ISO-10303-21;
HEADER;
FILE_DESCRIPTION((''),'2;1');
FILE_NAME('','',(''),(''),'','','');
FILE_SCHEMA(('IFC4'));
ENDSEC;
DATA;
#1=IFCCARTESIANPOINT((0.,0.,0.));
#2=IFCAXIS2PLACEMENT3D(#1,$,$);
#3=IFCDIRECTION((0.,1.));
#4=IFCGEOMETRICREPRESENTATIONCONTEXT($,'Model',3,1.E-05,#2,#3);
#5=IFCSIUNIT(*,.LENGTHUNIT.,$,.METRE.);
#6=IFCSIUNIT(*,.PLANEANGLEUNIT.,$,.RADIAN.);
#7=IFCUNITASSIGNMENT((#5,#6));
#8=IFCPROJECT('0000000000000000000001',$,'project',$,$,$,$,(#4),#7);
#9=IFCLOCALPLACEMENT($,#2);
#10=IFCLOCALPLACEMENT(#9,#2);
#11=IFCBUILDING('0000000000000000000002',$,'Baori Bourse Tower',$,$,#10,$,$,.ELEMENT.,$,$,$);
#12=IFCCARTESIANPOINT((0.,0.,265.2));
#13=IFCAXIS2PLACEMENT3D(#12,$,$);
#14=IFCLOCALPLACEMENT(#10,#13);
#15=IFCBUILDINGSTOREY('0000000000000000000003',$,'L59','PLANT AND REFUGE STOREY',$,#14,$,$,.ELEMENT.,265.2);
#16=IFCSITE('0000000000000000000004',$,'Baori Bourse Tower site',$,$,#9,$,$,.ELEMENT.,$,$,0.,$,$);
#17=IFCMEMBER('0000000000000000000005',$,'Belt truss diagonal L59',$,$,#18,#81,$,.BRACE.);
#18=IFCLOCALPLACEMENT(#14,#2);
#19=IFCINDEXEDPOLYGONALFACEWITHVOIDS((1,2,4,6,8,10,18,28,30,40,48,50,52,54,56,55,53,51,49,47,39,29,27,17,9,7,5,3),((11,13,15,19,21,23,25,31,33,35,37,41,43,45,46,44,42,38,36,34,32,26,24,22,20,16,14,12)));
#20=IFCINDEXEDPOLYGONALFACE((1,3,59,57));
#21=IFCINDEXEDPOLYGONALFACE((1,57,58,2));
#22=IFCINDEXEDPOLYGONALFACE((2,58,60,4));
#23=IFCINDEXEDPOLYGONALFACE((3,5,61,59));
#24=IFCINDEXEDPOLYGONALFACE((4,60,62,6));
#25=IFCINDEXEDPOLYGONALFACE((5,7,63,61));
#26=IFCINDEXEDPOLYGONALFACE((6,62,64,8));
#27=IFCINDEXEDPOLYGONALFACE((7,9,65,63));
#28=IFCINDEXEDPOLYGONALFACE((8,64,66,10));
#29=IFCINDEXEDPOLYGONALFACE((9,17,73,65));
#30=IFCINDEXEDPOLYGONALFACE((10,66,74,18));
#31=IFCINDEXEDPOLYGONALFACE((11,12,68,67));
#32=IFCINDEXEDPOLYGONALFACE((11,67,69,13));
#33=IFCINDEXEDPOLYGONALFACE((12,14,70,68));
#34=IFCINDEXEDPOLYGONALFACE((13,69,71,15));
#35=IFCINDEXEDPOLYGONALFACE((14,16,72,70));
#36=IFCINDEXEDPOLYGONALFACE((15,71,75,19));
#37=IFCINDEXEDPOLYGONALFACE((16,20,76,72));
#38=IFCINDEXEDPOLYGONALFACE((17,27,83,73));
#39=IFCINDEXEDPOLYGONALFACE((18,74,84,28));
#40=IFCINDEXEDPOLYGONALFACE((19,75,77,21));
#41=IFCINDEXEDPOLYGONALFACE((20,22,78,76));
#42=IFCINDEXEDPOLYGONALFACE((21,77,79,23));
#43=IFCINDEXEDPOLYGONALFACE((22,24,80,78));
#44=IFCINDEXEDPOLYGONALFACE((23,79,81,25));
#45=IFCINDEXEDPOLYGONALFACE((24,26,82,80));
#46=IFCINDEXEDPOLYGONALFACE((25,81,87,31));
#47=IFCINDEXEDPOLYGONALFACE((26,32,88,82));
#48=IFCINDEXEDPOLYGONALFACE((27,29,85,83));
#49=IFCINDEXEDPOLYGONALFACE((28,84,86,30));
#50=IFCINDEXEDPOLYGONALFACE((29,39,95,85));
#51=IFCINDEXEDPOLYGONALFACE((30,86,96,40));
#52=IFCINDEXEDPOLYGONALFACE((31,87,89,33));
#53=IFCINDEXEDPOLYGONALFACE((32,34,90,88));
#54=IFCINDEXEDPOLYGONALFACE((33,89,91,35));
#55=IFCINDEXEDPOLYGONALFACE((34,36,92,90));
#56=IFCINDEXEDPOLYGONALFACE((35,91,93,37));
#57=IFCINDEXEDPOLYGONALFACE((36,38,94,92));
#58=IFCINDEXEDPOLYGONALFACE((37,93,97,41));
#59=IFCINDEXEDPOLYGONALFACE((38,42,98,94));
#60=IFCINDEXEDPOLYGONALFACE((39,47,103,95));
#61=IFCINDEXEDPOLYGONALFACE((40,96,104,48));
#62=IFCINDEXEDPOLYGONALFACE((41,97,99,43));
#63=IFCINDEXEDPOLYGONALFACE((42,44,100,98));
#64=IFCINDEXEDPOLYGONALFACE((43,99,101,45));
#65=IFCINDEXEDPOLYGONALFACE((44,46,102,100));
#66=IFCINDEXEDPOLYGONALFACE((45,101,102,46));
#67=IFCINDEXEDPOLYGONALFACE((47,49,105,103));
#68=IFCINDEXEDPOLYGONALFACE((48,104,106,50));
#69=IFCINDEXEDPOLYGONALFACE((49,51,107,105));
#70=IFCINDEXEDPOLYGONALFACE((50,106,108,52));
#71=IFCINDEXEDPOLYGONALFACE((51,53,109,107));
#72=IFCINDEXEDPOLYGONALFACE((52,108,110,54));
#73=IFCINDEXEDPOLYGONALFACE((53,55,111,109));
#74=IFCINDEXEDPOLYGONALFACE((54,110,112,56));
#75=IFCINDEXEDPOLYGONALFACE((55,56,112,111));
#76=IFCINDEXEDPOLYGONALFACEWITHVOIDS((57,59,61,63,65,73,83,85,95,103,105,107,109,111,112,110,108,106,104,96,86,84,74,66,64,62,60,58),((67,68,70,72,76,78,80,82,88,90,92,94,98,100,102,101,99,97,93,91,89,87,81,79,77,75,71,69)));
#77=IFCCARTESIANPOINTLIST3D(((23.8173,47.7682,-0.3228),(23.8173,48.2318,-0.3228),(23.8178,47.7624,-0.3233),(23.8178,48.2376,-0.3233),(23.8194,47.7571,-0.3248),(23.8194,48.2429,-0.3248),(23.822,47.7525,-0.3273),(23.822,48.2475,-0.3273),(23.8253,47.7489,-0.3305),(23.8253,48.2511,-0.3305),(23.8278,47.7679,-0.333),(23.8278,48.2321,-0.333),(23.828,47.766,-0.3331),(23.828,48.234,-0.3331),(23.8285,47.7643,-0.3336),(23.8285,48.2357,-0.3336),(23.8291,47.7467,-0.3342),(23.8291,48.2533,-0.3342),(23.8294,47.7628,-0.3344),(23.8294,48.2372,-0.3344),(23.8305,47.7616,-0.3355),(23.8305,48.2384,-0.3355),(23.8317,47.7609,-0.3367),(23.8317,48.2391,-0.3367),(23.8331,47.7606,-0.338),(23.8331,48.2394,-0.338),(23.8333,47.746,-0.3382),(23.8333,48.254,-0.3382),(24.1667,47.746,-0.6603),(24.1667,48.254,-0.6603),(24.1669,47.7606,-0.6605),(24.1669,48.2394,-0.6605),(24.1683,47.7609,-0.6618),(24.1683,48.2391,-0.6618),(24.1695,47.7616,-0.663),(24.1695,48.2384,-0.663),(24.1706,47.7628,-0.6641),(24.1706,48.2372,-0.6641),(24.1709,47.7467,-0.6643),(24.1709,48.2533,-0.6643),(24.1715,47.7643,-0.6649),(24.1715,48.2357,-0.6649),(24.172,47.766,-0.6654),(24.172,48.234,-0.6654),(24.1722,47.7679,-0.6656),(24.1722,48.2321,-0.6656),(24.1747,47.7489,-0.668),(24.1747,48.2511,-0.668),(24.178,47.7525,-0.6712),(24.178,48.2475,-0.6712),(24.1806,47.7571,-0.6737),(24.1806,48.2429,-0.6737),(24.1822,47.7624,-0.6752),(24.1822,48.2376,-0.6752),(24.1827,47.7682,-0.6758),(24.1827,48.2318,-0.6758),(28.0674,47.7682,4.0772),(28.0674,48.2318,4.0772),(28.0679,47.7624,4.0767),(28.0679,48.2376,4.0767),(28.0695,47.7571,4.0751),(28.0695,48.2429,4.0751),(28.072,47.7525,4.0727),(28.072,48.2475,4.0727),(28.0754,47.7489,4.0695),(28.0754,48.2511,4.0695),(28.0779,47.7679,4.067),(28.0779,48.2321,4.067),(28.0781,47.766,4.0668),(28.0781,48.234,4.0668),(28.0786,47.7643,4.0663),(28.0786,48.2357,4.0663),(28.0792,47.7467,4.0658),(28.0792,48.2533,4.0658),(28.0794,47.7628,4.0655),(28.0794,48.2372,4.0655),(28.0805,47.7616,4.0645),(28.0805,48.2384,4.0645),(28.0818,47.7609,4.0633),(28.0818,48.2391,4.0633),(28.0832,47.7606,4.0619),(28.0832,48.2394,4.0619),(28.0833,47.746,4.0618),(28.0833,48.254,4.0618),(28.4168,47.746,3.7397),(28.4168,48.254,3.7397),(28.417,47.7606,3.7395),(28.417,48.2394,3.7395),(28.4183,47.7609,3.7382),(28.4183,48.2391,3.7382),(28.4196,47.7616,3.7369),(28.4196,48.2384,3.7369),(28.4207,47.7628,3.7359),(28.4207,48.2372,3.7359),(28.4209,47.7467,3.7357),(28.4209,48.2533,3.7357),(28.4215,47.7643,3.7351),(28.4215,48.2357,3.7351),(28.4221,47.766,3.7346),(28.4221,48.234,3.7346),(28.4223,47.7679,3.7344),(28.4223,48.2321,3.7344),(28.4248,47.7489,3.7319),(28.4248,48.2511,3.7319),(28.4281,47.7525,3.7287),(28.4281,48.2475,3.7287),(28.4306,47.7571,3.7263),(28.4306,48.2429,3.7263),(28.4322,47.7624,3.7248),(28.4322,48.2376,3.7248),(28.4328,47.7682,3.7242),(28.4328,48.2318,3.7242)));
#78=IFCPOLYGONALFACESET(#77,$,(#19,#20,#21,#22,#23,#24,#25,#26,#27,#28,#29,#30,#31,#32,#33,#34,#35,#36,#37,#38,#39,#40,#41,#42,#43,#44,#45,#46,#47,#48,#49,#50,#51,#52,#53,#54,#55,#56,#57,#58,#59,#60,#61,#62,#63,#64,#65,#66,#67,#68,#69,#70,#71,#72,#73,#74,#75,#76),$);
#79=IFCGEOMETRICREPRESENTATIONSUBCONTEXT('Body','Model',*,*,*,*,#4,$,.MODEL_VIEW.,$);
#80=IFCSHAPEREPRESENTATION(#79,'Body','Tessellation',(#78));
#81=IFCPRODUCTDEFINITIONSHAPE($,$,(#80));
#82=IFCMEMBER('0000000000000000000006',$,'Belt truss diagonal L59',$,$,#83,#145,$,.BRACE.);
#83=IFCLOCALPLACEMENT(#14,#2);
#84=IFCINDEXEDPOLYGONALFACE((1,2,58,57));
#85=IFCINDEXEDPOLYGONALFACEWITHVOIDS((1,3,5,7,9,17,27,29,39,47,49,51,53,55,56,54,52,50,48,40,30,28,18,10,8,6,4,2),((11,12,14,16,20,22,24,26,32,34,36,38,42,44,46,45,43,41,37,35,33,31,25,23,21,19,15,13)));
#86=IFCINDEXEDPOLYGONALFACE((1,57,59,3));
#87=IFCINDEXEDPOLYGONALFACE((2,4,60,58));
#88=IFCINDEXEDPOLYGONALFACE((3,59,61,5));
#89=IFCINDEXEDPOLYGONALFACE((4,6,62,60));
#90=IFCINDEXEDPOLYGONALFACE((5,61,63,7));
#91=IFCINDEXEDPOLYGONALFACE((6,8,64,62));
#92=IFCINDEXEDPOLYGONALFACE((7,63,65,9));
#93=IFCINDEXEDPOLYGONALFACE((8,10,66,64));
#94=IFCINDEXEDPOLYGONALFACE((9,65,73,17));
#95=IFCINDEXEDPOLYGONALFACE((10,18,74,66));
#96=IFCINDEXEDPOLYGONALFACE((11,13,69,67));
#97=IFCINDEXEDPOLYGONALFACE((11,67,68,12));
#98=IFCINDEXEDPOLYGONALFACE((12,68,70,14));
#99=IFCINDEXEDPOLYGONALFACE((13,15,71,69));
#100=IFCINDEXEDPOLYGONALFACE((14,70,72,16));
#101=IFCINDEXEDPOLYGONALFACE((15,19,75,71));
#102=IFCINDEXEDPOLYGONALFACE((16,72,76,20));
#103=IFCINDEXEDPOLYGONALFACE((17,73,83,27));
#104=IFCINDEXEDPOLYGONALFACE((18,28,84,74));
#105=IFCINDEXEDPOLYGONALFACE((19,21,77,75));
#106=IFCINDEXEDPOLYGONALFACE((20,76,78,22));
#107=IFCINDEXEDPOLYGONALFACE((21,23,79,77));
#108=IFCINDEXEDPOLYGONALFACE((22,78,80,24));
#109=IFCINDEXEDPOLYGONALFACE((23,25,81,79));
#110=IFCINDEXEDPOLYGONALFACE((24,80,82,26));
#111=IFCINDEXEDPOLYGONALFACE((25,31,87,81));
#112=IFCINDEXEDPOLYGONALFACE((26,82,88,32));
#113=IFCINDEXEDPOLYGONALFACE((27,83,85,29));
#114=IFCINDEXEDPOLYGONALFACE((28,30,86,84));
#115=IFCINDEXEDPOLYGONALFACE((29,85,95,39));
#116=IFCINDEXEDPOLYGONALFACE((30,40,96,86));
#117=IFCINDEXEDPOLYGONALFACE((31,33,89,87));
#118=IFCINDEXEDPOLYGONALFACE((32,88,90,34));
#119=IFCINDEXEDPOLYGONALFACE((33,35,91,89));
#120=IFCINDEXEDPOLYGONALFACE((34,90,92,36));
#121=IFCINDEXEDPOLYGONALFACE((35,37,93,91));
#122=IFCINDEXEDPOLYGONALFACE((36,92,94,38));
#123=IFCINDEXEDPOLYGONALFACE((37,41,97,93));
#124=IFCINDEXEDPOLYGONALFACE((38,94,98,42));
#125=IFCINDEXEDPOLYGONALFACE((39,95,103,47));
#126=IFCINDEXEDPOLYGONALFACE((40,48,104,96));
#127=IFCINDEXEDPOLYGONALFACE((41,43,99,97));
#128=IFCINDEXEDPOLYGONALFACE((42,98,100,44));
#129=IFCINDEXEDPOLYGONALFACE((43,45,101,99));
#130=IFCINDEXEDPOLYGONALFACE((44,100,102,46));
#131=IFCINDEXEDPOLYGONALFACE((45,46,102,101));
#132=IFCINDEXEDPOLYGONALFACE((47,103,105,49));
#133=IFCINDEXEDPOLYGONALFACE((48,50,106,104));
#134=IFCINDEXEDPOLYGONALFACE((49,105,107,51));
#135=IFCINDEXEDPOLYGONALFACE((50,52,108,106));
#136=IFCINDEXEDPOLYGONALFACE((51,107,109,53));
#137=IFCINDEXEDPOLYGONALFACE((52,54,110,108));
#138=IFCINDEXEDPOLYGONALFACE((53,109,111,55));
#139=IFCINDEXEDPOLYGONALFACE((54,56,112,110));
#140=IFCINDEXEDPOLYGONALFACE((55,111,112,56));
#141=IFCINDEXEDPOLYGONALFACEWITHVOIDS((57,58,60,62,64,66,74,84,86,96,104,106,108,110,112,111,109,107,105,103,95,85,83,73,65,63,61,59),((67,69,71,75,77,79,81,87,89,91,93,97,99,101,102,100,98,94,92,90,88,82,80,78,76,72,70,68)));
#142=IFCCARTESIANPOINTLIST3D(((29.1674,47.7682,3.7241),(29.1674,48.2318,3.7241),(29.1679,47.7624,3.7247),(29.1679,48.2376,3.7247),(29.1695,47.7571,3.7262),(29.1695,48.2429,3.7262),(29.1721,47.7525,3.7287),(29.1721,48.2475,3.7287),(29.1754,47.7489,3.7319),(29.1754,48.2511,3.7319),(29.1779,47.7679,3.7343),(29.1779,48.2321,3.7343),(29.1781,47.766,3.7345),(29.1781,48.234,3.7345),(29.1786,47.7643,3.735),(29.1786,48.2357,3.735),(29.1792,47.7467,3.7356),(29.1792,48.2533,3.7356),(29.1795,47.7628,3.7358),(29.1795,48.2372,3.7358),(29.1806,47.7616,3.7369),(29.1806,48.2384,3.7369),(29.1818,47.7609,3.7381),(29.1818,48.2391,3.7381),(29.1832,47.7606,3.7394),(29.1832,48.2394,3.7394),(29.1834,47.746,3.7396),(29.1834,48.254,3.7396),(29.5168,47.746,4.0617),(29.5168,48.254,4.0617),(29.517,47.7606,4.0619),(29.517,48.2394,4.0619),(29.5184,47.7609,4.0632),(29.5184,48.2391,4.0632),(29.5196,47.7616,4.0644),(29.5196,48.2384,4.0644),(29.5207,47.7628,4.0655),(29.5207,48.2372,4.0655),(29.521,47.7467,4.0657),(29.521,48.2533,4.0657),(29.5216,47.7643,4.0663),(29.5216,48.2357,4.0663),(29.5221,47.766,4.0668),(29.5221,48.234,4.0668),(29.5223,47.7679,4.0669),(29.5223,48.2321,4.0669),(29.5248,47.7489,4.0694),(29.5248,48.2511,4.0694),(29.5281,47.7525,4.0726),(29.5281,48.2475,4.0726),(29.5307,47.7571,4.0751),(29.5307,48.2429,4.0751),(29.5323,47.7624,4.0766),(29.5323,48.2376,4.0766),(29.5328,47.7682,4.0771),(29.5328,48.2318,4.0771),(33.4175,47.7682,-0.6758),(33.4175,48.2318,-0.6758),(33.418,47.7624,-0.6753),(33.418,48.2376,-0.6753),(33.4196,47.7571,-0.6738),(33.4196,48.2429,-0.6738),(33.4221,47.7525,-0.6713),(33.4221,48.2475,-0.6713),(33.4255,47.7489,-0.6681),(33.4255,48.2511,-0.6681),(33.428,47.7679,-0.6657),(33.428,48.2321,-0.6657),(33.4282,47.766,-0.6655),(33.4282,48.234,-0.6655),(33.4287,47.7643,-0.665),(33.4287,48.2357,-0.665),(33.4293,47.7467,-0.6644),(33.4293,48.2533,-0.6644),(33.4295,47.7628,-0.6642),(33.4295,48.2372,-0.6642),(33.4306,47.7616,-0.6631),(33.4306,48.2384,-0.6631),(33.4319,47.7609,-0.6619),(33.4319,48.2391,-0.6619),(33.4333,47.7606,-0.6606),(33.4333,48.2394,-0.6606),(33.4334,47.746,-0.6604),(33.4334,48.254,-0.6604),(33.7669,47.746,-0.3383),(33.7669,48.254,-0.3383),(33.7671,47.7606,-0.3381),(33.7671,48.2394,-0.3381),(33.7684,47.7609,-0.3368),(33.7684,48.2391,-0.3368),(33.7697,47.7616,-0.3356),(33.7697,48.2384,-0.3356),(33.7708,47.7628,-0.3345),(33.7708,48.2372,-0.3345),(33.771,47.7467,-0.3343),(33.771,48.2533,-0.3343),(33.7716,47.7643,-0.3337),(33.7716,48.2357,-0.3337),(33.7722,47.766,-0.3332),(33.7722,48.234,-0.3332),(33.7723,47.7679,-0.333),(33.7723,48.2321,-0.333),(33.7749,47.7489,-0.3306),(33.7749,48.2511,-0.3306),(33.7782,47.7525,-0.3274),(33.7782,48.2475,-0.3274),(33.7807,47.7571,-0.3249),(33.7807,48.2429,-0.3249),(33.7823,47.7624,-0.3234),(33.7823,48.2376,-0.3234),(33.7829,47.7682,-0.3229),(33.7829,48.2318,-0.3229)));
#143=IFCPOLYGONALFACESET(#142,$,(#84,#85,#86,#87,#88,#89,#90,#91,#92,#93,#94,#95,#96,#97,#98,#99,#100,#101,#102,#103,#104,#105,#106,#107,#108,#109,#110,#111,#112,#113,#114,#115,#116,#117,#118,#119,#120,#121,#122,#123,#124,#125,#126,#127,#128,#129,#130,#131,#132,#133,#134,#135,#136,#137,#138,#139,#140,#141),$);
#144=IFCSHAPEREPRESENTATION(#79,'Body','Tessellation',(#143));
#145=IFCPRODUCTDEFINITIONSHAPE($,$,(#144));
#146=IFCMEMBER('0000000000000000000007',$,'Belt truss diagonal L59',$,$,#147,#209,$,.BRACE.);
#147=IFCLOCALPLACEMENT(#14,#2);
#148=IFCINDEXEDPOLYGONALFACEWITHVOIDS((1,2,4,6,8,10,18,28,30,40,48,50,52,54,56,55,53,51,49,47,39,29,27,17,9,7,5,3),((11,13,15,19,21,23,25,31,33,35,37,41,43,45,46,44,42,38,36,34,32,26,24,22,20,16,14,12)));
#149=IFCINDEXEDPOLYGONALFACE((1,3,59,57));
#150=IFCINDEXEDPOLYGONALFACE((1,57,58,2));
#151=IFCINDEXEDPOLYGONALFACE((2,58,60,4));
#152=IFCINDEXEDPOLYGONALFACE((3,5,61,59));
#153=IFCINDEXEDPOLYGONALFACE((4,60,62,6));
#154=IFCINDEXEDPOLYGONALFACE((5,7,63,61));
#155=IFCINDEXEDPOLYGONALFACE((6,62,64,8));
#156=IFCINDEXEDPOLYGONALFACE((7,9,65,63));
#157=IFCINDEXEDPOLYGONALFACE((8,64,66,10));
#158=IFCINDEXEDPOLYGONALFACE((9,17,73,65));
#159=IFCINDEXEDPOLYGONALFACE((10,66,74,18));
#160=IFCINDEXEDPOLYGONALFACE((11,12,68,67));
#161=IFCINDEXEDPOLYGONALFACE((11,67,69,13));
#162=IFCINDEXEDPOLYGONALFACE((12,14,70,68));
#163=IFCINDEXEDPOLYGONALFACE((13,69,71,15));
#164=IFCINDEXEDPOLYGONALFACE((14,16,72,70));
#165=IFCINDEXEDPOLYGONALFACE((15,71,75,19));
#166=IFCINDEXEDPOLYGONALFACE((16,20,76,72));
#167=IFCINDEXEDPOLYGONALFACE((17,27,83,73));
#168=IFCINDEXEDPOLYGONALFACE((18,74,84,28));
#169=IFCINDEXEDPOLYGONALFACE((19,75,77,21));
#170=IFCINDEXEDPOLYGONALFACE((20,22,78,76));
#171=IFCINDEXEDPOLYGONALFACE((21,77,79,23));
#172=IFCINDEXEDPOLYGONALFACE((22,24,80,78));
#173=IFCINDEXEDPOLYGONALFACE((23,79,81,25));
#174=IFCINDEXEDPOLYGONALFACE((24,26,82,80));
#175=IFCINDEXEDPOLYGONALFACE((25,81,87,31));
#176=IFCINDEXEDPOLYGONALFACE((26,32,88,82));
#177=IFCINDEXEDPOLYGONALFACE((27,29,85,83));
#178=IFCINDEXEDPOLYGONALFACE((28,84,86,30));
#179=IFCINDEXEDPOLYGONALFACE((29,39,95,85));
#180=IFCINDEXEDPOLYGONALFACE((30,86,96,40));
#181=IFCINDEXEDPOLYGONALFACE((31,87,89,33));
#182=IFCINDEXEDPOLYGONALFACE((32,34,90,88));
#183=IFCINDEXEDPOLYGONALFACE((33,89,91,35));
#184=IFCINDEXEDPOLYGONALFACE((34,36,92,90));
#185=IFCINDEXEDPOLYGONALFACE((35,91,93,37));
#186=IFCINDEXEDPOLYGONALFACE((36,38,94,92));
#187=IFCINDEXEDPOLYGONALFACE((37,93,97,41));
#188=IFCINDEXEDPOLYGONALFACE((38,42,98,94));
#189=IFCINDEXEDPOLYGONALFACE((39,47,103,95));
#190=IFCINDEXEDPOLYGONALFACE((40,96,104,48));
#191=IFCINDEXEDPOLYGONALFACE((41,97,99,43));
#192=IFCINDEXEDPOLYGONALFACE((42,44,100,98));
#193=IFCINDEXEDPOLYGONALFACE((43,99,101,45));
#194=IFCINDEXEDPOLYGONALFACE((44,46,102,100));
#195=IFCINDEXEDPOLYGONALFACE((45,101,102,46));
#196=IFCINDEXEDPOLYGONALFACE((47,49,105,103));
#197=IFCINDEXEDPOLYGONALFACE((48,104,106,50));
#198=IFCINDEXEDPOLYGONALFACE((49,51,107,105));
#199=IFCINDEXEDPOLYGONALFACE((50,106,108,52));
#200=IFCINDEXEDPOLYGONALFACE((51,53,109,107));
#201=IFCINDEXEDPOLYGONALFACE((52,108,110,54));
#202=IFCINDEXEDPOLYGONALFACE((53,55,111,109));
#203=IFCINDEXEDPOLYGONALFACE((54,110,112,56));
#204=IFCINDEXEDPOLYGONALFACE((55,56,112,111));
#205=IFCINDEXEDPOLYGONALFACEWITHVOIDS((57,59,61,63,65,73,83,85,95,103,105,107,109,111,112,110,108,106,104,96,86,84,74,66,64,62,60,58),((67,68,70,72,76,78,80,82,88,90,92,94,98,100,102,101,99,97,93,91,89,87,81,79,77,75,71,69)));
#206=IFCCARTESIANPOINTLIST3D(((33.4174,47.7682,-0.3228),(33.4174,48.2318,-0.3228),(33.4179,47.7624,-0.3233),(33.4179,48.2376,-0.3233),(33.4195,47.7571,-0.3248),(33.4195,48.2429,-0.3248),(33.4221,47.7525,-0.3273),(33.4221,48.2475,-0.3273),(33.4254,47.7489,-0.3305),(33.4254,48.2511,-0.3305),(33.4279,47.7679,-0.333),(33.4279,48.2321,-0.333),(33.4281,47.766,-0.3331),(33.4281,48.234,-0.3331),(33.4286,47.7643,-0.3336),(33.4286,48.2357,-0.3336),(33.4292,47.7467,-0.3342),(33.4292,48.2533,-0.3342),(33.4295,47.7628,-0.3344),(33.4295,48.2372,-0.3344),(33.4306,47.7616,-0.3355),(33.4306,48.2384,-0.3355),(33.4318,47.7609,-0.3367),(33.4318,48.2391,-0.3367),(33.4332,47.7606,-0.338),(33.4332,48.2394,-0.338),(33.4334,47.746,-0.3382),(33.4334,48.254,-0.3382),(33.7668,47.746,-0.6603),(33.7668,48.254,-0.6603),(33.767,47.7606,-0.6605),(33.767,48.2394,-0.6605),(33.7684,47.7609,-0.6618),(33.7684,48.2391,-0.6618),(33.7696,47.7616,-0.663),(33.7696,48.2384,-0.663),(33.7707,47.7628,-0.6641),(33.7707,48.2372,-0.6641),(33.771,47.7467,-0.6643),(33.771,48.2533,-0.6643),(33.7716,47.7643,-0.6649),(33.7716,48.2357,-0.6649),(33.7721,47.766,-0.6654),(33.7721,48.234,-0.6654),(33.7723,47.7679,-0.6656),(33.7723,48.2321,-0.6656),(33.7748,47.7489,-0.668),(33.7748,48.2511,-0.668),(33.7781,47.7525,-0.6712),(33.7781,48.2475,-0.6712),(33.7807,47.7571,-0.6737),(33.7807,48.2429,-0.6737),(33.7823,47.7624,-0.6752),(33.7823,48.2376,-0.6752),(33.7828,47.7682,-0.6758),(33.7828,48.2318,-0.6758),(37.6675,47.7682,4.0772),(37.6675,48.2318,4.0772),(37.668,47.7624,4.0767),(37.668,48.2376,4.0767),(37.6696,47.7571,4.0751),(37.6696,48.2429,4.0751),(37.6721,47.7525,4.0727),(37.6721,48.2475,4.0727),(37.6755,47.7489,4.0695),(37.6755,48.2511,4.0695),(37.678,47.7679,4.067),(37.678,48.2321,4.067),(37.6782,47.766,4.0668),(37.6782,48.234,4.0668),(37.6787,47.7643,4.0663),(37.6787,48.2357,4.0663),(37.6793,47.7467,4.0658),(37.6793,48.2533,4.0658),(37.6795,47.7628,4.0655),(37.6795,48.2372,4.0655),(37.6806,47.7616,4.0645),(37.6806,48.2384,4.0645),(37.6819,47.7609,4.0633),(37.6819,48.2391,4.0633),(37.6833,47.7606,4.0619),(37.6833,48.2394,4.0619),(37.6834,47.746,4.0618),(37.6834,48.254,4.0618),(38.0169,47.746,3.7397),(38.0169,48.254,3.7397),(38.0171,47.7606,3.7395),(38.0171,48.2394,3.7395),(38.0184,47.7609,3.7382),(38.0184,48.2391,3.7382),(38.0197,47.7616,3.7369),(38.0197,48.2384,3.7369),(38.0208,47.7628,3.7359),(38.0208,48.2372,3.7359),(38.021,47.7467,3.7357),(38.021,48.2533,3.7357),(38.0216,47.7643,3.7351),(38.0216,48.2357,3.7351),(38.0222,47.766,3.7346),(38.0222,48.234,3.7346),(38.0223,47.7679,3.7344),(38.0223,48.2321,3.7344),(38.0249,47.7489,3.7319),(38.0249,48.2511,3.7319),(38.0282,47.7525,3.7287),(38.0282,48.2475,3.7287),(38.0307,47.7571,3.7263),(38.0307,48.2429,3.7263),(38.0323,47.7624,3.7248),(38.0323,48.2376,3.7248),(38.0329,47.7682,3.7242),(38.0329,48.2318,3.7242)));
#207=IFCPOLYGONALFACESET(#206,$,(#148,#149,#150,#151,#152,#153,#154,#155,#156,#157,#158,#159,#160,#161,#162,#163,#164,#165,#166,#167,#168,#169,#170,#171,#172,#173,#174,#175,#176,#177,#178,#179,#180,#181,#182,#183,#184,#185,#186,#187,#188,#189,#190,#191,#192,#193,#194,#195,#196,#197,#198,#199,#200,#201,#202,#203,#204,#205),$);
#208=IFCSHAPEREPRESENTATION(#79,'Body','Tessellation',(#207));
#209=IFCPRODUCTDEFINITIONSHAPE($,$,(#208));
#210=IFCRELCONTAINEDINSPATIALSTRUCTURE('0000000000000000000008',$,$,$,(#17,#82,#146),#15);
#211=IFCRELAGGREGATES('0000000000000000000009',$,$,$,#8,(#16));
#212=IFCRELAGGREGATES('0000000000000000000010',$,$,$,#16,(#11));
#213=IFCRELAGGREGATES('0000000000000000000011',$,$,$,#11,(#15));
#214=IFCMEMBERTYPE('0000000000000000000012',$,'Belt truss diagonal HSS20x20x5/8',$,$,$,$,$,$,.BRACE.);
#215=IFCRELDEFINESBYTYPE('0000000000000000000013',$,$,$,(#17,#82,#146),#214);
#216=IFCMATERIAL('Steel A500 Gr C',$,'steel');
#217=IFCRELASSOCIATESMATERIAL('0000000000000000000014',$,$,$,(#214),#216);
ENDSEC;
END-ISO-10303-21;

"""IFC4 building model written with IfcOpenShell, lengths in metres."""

from ifc_helpers import new_model, si_unit, direction, frame, origin, origin_2d, place, context, subcontext, project, spatial, hollow_rectangle, extrude, material, material_profile, profile_set, type_object, element, save


model = new_model("IFC4")

# Units and contexts
model_context = context("Model", 3, precision=1e-05, world=origin(), true_north=direction((0.0, 1.0)))
body_context = subcontext(model_context, "Body", "Model", "MODEL_VIEW")
ifc_project = project(units=[si_unit("LENGTHUNIT", "METRE"), si_unit("PLANEANGLEUNIT", "RADIAN")], contexts=[model_context])

# Site, building, storey
site_placement = place(None, origin())
site = spatial("IfcSite", under=ifc_project, at=site_placement, Name="Baori Bourse Tower site", CompositionType="ELEMENT", RefElevation=0.0)
building_placement = place(site_placement, origin())
building = spatial("IfcBuilding", under=site, at=building_placement, Name="Baori Bourse Tower", CompositionType="ELEMENT")
storey_placement = place(building_placement, frame((0.0, 0.0, 265.2)))
storey = spatial("IfcBuildingStorey", under=building, at=storey_placement, Name="L59", Description="PLANT AND REFUGE STOREY", CompositionType="ELEMENT", Elevation=265.2)

# Members
ifc_material_1 = material(Name="Steel A500 Gr C", Category="steel")
ifc_material_profile_1 = material_profile(ifc_material_1, hollow_rectangle(XDim=0.5081, YDim=0.5081, WallThickness=0.0146, InnerFilletRadius=0.0073, OuterFilletRadius=0.0222, at=origin_2d()), Name="HSS20x20x5/8")
ifc_profile_set_1 = profile_set([ifc_material_profile_1], Name="Steel A500 Gr C")
member_type_1 = type_object("IfcMemberType", Name="Belt truss diagonal HSS20x20x5/8", PredefinedType="BRACE", material=ifc_profile_set_1)
for number, where, z_axis, x_axis, name in (
    (1, (24.0, 48.0, -0.4993), (0.694748, 0.0, 0.719253), (0.0, 1.0, 0.0), "Belt truss diagonal L59"),
    (2, (29.3501, 48.0, 3.9006), (0.694748, 0.0, -0.719253), (0.0, 1.0, 0.0), "Belt truss diagonal L59"),
    (3, (33.6001, 48.0, -0.4993), (0.694748, 0.0, 0.719253), (0.0, 1.0, 0.0), "Belt truss diagonal L59"),
):
    element("IfcMember", number, at=place(storey_placement, frame(where, z_axis=z_axis, x_axis=x_axis)), inside=storey, type_object=member_type_1, Name=name, PredefinedType="BRACE", context=body_context, shape_type="SweptSolid", body=[
        extrude(hollow_rectangle(XDim=0.5081, YDim=0.5081, WallThickness=0.0146, InnerFilletRadius=0.0073, OuterFilletRadius=0.0222, at=origin_2d()), origin(), (0.0, 0.0, 1.0), 6.1174),
    ])

save(model, "model.ifc")
